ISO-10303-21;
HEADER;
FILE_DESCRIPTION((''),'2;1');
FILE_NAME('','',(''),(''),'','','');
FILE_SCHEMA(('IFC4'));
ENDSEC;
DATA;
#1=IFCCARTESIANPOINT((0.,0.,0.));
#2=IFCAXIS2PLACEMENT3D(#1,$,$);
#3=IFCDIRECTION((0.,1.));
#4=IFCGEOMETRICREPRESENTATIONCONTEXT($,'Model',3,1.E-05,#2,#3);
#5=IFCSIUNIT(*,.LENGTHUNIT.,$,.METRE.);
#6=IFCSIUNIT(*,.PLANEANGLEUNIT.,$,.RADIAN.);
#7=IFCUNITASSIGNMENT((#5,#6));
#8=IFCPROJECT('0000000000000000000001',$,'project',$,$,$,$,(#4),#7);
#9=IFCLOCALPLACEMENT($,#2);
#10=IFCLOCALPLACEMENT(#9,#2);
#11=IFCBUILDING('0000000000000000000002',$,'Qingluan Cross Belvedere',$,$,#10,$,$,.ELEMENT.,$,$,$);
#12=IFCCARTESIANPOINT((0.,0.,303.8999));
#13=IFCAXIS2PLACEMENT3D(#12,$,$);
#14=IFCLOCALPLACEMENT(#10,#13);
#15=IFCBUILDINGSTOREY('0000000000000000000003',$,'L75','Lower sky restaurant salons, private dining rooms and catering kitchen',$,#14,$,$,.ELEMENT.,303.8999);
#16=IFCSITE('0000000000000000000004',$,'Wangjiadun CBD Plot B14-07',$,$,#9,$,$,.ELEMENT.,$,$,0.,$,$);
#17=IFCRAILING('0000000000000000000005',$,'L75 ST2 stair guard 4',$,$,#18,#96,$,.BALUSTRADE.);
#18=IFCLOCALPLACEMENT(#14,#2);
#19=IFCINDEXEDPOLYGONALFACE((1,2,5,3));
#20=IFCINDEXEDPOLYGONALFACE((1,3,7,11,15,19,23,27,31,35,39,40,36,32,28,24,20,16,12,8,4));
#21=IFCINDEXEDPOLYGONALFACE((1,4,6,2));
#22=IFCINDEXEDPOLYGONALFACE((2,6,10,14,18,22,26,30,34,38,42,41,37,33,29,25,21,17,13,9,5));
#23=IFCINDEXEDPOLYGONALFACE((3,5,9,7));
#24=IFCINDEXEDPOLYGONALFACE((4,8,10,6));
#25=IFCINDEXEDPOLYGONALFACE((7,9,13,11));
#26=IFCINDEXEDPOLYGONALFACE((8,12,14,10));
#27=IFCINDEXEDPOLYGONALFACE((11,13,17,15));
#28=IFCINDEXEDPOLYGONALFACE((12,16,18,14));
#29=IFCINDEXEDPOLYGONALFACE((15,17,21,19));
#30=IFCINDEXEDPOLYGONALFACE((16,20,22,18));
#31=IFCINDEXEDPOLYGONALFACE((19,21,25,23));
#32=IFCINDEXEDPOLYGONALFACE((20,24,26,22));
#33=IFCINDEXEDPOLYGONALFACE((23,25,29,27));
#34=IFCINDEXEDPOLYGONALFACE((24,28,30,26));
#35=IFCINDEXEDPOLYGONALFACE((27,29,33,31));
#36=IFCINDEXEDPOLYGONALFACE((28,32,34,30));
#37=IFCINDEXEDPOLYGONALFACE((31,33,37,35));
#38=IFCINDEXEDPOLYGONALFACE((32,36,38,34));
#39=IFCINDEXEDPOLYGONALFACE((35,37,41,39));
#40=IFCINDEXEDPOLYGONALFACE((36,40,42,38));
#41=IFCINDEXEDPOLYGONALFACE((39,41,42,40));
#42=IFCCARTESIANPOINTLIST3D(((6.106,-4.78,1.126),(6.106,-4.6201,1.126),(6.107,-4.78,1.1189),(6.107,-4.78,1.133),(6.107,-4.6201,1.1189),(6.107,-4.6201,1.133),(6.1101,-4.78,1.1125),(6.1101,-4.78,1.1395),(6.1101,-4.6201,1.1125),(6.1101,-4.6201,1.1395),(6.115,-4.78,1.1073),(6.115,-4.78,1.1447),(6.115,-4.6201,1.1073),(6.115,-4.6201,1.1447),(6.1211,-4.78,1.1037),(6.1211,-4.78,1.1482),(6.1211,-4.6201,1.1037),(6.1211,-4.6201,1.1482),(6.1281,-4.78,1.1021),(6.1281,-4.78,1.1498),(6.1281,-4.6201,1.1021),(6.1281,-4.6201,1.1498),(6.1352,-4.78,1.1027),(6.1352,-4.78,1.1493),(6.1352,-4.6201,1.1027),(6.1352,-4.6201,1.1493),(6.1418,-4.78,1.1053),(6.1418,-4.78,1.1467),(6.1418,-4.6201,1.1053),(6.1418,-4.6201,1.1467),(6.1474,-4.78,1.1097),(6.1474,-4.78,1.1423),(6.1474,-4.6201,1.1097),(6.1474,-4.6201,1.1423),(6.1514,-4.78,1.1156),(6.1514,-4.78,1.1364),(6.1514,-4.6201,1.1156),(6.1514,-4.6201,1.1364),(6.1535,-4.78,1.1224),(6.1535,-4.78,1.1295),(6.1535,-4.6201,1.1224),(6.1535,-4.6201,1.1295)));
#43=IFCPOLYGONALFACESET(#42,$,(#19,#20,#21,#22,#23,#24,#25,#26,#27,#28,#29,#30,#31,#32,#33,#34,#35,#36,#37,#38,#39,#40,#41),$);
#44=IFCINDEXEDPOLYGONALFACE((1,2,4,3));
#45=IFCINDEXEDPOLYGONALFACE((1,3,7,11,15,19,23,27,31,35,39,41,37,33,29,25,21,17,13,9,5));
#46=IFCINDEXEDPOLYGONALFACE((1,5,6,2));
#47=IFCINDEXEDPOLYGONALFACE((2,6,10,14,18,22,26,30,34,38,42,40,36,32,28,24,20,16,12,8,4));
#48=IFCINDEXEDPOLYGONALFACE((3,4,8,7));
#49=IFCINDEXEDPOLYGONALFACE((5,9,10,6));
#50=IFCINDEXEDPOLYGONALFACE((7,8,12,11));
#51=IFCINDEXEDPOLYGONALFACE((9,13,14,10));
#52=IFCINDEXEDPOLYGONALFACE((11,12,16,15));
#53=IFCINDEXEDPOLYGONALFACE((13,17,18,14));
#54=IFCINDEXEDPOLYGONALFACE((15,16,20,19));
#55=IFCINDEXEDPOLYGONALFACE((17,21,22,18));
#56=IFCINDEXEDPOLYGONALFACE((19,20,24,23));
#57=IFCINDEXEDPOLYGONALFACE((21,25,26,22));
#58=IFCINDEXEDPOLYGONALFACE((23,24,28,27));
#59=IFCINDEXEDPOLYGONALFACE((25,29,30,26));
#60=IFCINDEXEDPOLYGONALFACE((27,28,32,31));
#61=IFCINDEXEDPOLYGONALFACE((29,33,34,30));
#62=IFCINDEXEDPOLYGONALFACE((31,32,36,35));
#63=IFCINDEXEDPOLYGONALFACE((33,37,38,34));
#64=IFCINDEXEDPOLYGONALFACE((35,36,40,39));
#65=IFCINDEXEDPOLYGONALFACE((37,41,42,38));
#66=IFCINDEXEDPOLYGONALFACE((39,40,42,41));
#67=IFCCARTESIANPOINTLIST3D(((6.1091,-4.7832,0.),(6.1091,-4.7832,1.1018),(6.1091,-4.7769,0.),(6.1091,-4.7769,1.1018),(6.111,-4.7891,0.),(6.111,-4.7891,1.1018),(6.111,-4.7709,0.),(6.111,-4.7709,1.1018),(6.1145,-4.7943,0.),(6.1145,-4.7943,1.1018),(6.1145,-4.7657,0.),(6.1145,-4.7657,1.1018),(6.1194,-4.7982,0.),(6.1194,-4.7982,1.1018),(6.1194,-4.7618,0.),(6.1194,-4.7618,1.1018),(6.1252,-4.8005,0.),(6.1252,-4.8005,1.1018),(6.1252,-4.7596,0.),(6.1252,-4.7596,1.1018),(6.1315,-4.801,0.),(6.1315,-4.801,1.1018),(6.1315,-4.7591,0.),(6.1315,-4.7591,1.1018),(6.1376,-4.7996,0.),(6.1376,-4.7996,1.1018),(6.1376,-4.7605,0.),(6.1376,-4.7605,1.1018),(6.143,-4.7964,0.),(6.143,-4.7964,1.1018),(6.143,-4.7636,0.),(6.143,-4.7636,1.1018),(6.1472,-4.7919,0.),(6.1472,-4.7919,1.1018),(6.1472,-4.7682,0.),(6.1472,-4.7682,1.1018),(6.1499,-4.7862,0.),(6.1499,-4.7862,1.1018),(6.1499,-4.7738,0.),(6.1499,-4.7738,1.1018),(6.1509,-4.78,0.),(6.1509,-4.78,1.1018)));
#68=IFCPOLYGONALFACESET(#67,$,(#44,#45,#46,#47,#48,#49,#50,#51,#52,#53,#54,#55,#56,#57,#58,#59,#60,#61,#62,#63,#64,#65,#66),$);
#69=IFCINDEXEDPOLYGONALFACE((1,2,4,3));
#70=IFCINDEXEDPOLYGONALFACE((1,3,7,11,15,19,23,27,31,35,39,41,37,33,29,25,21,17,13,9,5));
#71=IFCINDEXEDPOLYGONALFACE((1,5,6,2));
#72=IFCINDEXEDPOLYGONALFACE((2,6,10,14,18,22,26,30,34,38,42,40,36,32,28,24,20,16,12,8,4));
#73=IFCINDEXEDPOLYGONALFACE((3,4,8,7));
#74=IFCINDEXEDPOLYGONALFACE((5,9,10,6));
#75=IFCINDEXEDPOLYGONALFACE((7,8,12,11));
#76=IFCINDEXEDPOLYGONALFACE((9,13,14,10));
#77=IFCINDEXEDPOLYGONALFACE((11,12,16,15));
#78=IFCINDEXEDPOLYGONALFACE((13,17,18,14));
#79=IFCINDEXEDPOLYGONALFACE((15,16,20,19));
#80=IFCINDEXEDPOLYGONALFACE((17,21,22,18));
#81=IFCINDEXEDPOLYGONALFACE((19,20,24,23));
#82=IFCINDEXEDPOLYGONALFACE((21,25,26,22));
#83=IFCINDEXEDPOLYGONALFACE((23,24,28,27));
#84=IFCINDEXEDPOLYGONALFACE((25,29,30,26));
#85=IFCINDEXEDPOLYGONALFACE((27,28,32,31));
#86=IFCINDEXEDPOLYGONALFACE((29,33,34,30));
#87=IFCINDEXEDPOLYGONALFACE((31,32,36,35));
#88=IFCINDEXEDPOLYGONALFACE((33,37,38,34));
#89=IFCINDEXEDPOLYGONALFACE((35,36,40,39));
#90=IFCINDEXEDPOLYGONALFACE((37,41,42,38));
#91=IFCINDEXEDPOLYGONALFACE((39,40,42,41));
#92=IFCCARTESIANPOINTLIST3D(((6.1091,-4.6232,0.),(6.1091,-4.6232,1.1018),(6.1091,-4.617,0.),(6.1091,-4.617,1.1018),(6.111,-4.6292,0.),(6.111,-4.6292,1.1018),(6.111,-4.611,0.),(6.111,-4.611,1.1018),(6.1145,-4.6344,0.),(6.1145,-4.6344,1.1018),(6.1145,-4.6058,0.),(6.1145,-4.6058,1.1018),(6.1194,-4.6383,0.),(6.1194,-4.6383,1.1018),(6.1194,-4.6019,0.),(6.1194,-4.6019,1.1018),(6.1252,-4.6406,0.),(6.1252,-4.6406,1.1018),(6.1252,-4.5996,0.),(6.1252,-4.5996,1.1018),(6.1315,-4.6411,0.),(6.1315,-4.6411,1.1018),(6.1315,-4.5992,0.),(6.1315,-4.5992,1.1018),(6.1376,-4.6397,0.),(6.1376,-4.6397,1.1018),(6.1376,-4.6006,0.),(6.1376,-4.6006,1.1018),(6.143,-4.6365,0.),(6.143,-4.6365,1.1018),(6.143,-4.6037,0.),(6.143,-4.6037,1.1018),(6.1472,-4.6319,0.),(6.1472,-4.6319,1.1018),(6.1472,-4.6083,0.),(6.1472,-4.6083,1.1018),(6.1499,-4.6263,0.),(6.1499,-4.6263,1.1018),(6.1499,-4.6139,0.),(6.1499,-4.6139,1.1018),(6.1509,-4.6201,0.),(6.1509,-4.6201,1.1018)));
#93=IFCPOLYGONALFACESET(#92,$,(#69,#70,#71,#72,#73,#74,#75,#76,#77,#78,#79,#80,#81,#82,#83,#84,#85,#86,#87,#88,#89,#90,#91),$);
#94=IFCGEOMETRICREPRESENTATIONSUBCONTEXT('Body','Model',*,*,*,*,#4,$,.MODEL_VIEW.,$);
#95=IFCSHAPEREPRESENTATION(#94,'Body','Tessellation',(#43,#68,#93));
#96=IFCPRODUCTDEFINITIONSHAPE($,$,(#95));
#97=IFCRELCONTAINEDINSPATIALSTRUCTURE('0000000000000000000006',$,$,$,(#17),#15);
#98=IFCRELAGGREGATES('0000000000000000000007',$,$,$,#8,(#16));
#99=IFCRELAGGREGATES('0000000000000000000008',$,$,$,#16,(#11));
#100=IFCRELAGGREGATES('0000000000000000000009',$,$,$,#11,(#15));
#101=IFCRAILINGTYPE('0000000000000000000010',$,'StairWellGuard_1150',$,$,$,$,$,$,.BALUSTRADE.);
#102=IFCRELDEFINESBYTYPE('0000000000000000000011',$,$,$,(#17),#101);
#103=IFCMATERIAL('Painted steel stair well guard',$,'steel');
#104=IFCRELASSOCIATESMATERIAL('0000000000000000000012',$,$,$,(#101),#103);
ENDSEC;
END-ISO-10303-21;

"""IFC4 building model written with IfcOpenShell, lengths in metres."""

from ifc_helpers import new_model, si_unit, direction, frame, origin, origin_2d, place, context, subcontext, project, spatial, circle, extrude, material, type_object, element, save


model = new_model("IFC4")

# Units and contexts
model_context = context("Model", 3, precision=1e-05, world=origin(), true_north=direction((0.0, 1.0)))
body_context = subcontext(model_context, "Body", "Model", "MODEL_VIEW")
ifc_project = project(units=[si_unit("LENGTHUNIT", "METRE"), si_unit("PLANEANGLEUNIT", "RADIAN")], contexts=[model_context])

# Site, building, storey
site_placement = place(None, origin())
site = spatial("IfcSite", under=ifc_project, at=site_placement, Name="Wangjiadun CBD Plot B14-07", CompositionType="ELEMENT", RefElevation=0.0)
building_placement = place(site_placement, origin())
building = spatial("IfcBuilding", under=site, at=building_placement, Name="Qingluan Cross Belvedere", CompositionType="ELEMENT")
storey_placement = place(building_placement, frame((0.0, 0.0, 303.8999)))
storey = spatial("IfcBuildingStorey", under=building, at=storey_placement, Name="L75", Description="Lower sky restaurant salons, private dining rooms and catering kitchen", CompositionType="ELEMENT", Elevation=303.8999)

# Railing
ifc_material_1 = material(Name="Painted steel stair well guard", Category="steel")
railing_type_1 = type_object("IfcRailingType", Name="StairWellGuard_1150", PredefinedType="BALUSTRADE", material=ifc_material_1)
railing_1_placement = place(storey_placement, frame((6.1299, -4.78, 0.0)))
element("IfcRailing", 1, at=railing_1_placement, inside=storey, type_object=railing_type_1, Name="L75 ST2 stair guard 4", PredefinedType="BALUSTRADE", context=body_context, shape_type="SweptSolid", body=[
    extrude(circle(Radius=0.0239, at=origin_2d()), frame((0.0, 0.0, 1.126), z_axis=(0.0, 1.0, 0.0), x_axis=(-1.0, 0.0, 0.0)), (0.0, 0.0, 1.0), 0.1599),
    extrude(circle(Radius=0.021, at=origin_2d()), origin(), (0.0, 0.0, 1.0), 1.1018),
    extrude(circle(Radius=0.021, at=origin_2d()), frame((0.0, 0.1599, 0.0)), (0.0, 0.0, 1.0), 1.1018),
])

save(model, "model.ifc")
